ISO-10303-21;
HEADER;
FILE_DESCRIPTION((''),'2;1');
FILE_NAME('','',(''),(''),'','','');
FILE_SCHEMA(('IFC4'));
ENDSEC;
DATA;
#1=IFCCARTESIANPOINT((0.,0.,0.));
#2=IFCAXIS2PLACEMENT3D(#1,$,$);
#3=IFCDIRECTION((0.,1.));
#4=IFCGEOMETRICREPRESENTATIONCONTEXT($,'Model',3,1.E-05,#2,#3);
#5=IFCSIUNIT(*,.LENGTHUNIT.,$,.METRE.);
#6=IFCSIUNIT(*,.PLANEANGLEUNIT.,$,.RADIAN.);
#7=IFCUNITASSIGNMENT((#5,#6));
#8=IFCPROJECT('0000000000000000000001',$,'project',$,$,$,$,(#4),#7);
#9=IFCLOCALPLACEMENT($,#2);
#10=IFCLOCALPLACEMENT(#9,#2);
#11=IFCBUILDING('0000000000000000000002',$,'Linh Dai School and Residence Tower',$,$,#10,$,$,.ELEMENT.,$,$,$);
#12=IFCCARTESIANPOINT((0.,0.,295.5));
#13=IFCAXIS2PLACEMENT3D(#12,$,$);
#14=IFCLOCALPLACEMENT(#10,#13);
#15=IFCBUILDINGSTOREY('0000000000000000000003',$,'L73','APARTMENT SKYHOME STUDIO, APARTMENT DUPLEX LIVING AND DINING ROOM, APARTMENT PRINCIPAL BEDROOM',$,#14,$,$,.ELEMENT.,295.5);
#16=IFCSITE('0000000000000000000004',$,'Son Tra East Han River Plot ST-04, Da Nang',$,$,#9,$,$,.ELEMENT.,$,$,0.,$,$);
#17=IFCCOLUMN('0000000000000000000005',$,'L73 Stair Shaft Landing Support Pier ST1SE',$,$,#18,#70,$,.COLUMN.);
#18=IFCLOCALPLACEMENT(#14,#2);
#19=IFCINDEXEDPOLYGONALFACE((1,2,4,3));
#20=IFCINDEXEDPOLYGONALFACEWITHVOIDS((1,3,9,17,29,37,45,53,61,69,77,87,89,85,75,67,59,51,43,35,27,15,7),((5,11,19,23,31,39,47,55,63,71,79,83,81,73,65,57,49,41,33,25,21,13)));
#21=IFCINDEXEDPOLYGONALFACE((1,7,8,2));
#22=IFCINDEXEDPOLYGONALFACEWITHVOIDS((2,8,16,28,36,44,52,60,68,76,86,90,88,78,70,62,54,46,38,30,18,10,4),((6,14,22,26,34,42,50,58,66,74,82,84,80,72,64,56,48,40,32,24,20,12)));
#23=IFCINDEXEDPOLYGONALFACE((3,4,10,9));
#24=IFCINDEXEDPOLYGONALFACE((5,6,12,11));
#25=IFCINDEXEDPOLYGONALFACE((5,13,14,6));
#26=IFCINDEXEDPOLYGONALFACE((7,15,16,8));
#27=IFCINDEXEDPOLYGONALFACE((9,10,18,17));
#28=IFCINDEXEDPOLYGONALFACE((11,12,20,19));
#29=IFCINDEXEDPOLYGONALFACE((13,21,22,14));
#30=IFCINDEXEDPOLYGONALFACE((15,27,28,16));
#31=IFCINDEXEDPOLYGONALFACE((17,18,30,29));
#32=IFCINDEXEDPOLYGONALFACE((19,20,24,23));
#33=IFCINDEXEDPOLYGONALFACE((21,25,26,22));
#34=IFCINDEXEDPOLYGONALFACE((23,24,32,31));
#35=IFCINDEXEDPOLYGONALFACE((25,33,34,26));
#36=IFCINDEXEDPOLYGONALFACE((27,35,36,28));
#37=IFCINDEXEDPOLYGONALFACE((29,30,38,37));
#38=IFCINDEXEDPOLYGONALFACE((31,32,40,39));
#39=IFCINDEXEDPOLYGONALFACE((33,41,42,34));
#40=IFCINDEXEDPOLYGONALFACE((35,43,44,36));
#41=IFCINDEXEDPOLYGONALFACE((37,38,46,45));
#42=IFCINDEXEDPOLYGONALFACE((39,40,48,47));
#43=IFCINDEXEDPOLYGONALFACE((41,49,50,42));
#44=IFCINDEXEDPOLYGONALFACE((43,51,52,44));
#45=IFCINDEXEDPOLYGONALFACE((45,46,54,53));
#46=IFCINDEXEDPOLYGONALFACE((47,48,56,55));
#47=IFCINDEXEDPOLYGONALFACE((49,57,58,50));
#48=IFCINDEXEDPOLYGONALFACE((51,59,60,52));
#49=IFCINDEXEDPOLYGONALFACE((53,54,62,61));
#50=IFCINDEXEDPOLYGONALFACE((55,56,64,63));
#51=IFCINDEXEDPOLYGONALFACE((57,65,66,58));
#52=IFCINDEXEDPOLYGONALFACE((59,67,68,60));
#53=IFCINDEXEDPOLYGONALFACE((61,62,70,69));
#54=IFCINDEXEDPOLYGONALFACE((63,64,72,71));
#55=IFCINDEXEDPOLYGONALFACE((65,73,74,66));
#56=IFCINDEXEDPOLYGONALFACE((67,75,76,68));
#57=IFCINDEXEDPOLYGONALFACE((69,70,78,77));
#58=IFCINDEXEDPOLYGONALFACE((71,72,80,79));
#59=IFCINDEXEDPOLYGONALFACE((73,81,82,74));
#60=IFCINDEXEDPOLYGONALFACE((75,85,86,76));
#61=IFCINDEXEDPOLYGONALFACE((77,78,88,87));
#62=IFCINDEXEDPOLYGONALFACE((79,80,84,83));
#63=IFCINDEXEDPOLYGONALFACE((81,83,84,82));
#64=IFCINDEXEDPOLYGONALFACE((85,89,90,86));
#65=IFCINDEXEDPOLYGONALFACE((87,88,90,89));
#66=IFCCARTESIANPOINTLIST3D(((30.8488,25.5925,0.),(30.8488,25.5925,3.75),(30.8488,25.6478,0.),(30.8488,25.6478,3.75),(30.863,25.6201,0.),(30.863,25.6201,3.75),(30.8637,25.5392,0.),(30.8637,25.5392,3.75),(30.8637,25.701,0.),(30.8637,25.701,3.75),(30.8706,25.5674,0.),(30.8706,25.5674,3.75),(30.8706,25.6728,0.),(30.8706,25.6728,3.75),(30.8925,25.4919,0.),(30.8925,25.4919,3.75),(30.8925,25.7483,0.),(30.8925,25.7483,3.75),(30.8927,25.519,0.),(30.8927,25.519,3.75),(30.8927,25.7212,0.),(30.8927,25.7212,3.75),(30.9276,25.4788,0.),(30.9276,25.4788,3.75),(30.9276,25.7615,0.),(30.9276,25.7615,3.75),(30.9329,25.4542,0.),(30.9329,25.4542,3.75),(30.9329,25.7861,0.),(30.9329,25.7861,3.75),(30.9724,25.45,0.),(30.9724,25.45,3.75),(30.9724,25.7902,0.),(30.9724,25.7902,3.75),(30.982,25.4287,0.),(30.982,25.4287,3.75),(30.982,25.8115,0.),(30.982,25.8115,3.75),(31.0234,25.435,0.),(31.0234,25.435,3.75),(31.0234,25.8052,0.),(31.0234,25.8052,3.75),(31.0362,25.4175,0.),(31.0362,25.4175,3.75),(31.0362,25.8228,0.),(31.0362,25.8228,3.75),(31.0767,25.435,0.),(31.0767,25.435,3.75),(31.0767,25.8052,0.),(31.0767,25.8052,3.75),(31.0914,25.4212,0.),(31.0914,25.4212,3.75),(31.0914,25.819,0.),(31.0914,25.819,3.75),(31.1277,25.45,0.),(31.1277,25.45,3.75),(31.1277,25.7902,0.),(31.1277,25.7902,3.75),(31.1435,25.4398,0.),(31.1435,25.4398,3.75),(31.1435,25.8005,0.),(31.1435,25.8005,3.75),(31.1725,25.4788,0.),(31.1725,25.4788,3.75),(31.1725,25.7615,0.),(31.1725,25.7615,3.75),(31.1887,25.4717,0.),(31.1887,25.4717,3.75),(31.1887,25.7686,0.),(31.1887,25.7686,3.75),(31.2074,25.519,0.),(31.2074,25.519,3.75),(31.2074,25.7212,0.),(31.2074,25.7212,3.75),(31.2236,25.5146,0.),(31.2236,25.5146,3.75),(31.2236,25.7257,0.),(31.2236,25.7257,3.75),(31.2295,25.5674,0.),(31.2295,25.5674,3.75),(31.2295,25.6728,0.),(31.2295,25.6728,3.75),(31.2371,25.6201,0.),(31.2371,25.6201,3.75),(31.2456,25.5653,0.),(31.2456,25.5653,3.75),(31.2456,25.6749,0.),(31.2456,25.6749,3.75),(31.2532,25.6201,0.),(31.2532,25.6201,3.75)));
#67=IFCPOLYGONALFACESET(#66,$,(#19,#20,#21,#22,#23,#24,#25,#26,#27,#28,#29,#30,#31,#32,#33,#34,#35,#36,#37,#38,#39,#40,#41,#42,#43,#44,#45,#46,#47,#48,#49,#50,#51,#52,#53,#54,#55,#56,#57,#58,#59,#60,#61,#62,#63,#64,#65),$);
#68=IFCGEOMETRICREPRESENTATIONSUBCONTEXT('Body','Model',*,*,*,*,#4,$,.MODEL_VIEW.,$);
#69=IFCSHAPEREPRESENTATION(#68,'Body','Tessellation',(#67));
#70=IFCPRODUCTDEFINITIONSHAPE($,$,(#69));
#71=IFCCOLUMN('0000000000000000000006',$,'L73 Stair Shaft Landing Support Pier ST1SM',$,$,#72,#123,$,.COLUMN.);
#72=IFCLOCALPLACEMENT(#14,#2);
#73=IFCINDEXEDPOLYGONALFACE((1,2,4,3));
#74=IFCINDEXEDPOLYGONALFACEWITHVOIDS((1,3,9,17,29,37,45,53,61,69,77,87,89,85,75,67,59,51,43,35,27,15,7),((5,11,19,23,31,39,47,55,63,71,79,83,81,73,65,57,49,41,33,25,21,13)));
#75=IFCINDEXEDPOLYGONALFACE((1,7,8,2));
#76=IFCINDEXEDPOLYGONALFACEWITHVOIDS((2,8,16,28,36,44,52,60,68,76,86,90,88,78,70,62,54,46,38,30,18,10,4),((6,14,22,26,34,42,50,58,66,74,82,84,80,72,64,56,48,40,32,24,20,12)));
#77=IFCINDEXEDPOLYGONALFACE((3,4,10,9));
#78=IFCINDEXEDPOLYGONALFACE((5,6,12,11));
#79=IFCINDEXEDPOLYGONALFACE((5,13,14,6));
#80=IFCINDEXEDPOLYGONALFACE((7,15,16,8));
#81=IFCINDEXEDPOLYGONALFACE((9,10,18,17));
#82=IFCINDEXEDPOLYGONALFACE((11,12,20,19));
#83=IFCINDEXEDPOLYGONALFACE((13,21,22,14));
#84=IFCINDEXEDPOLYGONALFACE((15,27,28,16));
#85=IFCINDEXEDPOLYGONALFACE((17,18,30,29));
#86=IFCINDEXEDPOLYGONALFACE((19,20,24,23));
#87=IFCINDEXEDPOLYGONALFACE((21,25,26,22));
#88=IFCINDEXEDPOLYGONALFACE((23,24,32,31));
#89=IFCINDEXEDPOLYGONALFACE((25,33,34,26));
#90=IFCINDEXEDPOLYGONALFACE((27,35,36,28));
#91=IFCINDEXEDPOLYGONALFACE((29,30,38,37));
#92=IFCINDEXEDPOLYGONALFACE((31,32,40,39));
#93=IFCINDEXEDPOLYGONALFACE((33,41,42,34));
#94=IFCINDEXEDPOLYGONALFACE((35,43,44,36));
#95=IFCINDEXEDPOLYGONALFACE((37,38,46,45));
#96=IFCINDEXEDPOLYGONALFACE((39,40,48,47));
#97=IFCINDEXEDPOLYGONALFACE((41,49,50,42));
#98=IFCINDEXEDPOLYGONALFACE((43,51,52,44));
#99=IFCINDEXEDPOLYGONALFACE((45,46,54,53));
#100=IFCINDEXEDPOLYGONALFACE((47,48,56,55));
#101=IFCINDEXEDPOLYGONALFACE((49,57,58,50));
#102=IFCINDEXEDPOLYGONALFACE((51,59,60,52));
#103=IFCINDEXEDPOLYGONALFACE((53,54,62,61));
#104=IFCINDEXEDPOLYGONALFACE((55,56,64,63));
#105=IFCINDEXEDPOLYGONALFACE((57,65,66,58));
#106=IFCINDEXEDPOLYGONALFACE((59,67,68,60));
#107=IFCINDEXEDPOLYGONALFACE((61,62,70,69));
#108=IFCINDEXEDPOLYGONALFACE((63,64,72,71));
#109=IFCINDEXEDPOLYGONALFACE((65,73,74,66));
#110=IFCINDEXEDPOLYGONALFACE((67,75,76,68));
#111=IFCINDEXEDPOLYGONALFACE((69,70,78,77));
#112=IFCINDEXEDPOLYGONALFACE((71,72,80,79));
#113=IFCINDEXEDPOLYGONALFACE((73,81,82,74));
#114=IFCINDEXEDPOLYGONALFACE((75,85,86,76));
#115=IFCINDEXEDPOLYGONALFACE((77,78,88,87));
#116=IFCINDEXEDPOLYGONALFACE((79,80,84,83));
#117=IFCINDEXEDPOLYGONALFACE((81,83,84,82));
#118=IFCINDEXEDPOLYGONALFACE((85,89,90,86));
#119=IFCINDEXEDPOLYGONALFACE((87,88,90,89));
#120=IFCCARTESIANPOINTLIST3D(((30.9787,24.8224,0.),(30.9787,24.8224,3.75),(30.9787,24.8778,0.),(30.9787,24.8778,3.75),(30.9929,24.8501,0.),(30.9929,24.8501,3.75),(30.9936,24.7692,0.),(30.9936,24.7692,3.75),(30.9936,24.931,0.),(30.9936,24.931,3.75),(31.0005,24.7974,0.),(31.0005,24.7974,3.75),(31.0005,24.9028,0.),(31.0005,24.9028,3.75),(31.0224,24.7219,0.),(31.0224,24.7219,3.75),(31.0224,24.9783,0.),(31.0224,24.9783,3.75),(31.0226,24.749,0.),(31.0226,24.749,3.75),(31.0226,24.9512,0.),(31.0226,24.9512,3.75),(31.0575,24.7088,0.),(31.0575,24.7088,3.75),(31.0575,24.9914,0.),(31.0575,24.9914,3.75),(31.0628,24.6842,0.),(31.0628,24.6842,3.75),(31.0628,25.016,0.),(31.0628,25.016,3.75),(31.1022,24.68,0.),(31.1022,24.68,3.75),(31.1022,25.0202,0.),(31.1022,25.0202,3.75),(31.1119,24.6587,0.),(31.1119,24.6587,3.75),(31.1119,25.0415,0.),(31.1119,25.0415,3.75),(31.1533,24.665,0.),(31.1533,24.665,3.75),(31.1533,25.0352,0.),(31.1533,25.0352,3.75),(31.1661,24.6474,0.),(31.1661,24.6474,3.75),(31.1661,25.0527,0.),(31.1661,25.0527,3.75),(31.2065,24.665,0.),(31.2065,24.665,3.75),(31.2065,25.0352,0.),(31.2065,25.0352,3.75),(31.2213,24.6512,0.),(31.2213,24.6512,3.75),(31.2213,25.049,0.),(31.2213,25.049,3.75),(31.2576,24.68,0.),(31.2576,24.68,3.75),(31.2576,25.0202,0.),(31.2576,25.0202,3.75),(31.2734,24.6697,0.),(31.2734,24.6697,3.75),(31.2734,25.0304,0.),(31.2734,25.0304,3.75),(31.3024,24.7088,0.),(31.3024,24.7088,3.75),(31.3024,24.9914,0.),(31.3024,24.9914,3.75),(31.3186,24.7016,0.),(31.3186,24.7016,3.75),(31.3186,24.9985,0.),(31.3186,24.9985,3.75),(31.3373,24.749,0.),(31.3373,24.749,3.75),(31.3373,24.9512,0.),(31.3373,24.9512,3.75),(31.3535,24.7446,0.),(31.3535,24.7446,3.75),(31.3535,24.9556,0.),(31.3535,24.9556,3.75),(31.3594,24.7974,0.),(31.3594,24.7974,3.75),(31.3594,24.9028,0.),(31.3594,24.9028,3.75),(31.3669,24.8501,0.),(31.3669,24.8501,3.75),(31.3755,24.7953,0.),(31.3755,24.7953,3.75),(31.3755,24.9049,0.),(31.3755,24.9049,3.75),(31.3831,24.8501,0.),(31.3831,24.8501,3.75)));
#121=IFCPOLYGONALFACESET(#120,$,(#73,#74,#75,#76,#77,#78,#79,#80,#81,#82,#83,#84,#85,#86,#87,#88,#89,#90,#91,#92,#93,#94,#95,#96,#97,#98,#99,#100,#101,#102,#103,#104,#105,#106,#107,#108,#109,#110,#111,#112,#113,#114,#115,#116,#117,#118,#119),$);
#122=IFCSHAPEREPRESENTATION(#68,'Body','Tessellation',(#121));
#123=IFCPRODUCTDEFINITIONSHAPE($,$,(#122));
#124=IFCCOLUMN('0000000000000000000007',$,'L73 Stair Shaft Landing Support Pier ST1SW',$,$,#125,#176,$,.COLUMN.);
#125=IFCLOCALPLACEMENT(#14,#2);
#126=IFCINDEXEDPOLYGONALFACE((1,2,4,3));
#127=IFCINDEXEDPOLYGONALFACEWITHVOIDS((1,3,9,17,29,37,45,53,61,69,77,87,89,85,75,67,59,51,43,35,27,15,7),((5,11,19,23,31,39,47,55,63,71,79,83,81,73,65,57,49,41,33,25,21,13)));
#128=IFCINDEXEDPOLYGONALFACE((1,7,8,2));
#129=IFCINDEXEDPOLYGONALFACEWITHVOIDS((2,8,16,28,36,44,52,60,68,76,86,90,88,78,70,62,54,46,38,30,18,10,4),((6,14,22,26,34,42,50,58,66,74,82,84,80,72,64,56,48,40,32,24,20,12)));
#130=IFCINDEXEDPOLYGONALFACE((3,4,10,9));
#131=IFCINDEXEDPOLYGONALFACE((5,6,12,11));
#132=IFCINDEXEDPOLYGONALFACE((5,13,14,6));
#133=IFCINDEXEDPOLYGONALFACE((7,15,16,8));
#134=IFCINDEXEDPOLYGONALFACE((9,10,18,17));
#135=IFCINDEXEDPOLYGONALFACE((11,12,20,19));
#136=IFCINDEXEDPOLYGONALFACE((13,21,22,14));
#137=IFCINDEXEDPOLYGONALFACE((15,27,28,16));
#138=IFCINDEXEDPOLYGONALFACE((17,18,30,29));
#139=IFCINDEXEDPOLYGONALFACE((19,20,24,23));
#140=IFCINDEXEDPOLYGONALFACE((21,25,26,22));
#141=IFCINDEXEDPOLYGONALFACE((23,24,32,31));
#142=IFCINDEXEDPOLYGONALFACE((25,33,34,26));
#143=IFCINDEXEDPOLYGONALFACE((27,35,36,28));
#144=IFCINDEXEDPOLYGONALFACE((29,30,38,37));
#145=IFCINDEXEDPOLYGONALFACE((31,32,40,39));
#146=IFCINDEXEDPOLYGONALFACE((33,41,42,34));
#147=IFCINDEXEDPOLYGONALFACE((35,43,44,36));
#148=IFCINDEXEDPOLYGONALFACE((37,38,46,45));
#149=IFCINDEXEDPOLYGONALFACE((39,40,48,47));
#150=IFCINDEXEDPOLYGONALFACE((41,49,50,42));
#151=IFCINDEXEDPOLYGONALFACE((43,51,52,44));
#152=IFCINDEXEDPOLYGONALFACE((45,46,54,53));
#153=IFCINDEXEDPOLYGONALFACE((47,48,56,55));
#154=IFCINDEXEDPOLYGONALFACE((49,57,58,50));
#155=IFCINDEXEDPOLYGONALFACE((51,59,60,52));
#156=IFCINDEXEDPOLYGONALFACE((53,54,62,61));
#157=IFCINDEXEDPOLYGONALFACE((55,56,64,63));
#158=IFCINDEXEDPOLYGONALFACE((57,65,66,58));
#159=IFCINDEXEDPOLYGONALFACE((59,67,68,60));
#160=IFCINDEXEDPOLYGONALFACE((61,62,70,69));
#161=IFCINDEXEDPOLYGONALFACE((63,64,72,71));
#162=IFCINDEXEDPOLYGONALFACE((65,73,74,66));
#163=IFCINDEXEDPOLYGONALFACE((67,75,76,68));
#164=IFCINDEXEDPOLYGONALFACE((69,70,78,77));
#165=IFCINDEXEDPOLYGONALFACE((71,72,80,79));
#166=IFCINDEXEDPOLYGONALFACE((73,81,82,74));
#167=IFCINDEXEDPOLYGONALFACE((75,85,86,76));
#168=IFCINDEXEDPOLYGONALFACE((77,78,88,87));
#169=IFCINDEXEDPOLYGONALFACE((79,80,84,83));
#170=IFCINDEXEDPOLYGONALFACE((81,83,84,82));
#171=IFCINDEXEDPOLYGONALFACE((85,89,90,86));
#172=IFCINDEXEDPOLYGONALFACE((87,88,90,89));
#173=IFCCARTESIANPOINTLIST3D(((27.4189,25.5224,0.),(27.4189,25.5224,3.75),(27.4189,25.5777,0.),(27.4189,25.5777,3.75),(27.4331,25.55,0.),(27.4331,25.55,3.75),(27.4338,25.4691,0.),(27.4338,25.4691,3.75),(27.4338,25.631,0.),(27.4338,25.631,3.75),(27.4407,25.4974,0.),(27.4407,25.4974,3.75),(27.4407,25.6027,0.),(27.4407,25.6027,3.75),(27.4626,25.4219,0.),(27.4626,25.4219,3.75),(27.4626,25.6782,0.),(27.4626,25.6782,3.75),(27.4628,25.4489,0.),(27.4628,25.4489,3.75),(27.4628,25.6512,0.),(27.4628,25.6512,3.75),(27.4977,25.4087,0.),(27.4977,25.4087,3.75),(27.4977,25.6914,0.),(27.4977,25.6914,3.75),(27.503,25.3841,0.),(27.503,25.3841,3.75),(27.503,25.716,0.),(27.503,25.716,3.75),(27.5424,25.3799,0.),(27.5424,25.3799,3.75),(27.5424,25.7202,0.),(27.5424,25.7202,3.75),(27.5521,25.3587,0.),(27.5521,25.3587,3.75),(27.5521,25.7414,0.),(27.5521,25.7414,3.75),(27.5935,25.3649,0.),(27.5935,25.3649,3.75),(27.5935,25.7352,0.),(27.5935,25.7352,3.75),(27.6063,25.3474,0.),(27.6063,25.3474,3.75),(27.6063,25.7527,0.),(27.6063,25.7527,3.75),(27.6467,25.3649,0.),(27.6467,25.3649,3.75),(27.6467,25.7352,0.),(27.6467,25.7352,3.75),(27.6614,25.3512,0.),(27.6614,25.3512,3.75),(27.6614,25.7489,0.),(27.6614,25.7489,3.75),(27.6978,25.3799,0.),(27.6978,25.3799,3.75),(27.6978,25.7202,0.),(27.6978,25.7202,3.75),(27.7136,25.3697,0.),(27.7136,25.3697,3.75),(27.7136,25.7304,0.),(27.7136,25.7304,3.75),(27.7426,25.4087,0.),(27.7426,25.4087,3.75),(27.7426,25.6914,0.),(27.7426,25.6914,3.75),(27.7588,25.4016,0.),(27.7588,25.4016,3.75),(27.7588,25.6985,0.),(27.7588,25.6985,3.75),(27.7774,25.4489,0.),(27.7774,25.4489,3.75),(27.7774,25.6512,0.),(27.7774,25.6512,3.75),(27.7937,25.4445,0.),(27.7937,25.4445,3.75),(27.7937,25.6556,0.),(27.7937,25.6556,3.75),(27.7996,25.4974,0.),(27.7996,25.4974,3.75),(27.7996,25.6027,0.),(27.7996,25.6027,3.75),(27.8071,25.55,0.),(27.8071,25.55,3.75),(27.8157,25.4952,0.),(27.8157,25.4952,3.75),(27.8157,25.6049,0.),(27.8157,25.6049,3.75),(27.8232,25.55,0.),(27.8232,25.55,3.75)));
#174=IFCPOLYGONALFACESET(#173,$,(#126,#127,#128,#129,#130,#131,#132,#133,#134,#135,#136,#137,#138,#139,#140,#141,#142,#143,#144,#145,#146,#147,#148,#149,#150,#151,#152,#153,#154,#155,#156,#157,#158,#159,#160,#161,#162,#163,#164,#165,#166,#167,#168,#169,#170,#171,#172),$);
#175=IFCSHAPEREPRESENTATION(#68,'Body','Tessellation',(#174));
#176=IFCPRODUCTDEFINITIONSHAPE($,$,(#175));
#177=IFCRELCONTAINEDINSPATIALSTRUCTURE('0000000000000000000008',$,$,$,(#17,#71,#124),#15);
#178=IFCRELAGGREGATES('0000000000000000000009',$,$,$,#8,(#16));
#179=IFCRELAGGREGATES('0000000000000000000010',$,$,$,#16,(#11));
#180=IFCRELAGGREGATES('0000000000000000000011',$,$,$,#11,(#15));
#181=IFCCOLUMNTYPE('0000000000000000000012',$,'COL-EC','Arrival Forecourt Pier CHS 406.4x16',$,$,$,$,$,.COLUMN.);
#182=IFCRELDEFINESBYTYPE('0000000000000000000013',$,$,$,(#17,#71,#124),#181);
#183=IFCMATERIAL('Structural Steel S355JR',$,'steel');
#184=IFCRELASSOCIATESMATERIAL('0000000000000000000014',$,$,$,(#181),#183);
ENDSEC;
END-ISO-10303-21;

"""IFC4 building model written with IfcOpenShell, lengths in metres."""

from ifc_helpers import new_model, si_unit, direction, frame, origin, origin_2d, place, context, subcontext, project, spatial, hollow_circle, extrude, material, material_profile, profile_set, type_object, element, save


model = new_model("IFC4")

# Units and contexts
model_context = context("Model", 3, precision=1e-05, world=origin(), true_north=direction((0.0, 1.0)))
body_context = subcontext(model_context, "Body", "Model", "MODEL_VIEW")
ifc_project = project(units=[si_unit("LENGTHUNIT", "METRE"), si_unit("PLANEANGLEUNIT", "RADIAN")], contexts=[model_context])

# Site, building, storey
site_placement = place(None, origin())
site = spatial("IfcSite", under=ifc_project, at=site_placement, Name="Son Tra East Han River Plot ST-04, Da Nang", CompositionType="ELEMENT", RefElevation=0.0)
building_placement = place(site_placement, origin())
building = spatial("IfcBuilding", under=site, at=building_placement, Name="Linh Dai School and Residence Tower", CompositionType="ELEMENT")
storey_placement = place(building_placement, frame((0.0, 0.0, 295.5)))
storey = spatial("IfcBuildingStorey", under=building, at=storey_placement, Name="L73", Description="APARTMENT SKYHOME STUDIO, APARTMENT DUPLEX LIVING AND DINING ROOM, APARTMENT PRINCIPAL BEDROOM", CompositionType="ELEMENT", Elevation=295.5)

# Columns
ifc_material_1 = material(Name="Structural Steel S355JR", Category="steel")
ifc_material_profile_1 = material_profile(ifc_material_1, hollow_circle(Radius=0.2031, WallThickness=0.0161, at=origin_2d()), Name="CHS 406.4x16")
ifc_profile_set_1 = profile_set([ifc_material_profile_1], Name="Structural Steel S355JR")
column_type = type_object("IfcColumnType", Name="COL-EC", Description="Arrival Forecourt Pier CHS 406.4x16", PredefinedType="COLUMN", material=ifc_profile_set_1)
for number, where, z_axis, x_axis, name in (
    (1, (31.05, 25.6201, 0.0), (0.0, 0.0, 1.0), (1.0, 0.0, 0.0), "L73 Stair Shaft Landing Support Pier ST1SE"),
    (2, (31.1799, 24.8501, 0.0), (0.0, 0.0, 1.0), (1.0, 0.0, 0.0), "L73 Stair Shaft Landing Support Pier ST1SM"),
    (3, (27.6201, 25.55, 0.0), (0.0, 0.0, 1.0), (1.0, 0.0, 0.0), "L73 Stair Shaft Landing Support Pier ST1SW"),
):
    element("IfcColumn", number, at=place(storey_placement, frame(where, z_axis=z_axis, x_axis=x_axis)), inside=storey, type_object=column_type, Name=name, PredefinedType="COLUMN", context=body_context, shape_type="SweptSolid", body=[
        extrude(hollow_circle(Radius=0.2031, WallThickness=0.0161, at=origin_2d()), origin(), (0.0, 0.0, 1.0), 3.75),
    ])

save(model, "model.ifc")
